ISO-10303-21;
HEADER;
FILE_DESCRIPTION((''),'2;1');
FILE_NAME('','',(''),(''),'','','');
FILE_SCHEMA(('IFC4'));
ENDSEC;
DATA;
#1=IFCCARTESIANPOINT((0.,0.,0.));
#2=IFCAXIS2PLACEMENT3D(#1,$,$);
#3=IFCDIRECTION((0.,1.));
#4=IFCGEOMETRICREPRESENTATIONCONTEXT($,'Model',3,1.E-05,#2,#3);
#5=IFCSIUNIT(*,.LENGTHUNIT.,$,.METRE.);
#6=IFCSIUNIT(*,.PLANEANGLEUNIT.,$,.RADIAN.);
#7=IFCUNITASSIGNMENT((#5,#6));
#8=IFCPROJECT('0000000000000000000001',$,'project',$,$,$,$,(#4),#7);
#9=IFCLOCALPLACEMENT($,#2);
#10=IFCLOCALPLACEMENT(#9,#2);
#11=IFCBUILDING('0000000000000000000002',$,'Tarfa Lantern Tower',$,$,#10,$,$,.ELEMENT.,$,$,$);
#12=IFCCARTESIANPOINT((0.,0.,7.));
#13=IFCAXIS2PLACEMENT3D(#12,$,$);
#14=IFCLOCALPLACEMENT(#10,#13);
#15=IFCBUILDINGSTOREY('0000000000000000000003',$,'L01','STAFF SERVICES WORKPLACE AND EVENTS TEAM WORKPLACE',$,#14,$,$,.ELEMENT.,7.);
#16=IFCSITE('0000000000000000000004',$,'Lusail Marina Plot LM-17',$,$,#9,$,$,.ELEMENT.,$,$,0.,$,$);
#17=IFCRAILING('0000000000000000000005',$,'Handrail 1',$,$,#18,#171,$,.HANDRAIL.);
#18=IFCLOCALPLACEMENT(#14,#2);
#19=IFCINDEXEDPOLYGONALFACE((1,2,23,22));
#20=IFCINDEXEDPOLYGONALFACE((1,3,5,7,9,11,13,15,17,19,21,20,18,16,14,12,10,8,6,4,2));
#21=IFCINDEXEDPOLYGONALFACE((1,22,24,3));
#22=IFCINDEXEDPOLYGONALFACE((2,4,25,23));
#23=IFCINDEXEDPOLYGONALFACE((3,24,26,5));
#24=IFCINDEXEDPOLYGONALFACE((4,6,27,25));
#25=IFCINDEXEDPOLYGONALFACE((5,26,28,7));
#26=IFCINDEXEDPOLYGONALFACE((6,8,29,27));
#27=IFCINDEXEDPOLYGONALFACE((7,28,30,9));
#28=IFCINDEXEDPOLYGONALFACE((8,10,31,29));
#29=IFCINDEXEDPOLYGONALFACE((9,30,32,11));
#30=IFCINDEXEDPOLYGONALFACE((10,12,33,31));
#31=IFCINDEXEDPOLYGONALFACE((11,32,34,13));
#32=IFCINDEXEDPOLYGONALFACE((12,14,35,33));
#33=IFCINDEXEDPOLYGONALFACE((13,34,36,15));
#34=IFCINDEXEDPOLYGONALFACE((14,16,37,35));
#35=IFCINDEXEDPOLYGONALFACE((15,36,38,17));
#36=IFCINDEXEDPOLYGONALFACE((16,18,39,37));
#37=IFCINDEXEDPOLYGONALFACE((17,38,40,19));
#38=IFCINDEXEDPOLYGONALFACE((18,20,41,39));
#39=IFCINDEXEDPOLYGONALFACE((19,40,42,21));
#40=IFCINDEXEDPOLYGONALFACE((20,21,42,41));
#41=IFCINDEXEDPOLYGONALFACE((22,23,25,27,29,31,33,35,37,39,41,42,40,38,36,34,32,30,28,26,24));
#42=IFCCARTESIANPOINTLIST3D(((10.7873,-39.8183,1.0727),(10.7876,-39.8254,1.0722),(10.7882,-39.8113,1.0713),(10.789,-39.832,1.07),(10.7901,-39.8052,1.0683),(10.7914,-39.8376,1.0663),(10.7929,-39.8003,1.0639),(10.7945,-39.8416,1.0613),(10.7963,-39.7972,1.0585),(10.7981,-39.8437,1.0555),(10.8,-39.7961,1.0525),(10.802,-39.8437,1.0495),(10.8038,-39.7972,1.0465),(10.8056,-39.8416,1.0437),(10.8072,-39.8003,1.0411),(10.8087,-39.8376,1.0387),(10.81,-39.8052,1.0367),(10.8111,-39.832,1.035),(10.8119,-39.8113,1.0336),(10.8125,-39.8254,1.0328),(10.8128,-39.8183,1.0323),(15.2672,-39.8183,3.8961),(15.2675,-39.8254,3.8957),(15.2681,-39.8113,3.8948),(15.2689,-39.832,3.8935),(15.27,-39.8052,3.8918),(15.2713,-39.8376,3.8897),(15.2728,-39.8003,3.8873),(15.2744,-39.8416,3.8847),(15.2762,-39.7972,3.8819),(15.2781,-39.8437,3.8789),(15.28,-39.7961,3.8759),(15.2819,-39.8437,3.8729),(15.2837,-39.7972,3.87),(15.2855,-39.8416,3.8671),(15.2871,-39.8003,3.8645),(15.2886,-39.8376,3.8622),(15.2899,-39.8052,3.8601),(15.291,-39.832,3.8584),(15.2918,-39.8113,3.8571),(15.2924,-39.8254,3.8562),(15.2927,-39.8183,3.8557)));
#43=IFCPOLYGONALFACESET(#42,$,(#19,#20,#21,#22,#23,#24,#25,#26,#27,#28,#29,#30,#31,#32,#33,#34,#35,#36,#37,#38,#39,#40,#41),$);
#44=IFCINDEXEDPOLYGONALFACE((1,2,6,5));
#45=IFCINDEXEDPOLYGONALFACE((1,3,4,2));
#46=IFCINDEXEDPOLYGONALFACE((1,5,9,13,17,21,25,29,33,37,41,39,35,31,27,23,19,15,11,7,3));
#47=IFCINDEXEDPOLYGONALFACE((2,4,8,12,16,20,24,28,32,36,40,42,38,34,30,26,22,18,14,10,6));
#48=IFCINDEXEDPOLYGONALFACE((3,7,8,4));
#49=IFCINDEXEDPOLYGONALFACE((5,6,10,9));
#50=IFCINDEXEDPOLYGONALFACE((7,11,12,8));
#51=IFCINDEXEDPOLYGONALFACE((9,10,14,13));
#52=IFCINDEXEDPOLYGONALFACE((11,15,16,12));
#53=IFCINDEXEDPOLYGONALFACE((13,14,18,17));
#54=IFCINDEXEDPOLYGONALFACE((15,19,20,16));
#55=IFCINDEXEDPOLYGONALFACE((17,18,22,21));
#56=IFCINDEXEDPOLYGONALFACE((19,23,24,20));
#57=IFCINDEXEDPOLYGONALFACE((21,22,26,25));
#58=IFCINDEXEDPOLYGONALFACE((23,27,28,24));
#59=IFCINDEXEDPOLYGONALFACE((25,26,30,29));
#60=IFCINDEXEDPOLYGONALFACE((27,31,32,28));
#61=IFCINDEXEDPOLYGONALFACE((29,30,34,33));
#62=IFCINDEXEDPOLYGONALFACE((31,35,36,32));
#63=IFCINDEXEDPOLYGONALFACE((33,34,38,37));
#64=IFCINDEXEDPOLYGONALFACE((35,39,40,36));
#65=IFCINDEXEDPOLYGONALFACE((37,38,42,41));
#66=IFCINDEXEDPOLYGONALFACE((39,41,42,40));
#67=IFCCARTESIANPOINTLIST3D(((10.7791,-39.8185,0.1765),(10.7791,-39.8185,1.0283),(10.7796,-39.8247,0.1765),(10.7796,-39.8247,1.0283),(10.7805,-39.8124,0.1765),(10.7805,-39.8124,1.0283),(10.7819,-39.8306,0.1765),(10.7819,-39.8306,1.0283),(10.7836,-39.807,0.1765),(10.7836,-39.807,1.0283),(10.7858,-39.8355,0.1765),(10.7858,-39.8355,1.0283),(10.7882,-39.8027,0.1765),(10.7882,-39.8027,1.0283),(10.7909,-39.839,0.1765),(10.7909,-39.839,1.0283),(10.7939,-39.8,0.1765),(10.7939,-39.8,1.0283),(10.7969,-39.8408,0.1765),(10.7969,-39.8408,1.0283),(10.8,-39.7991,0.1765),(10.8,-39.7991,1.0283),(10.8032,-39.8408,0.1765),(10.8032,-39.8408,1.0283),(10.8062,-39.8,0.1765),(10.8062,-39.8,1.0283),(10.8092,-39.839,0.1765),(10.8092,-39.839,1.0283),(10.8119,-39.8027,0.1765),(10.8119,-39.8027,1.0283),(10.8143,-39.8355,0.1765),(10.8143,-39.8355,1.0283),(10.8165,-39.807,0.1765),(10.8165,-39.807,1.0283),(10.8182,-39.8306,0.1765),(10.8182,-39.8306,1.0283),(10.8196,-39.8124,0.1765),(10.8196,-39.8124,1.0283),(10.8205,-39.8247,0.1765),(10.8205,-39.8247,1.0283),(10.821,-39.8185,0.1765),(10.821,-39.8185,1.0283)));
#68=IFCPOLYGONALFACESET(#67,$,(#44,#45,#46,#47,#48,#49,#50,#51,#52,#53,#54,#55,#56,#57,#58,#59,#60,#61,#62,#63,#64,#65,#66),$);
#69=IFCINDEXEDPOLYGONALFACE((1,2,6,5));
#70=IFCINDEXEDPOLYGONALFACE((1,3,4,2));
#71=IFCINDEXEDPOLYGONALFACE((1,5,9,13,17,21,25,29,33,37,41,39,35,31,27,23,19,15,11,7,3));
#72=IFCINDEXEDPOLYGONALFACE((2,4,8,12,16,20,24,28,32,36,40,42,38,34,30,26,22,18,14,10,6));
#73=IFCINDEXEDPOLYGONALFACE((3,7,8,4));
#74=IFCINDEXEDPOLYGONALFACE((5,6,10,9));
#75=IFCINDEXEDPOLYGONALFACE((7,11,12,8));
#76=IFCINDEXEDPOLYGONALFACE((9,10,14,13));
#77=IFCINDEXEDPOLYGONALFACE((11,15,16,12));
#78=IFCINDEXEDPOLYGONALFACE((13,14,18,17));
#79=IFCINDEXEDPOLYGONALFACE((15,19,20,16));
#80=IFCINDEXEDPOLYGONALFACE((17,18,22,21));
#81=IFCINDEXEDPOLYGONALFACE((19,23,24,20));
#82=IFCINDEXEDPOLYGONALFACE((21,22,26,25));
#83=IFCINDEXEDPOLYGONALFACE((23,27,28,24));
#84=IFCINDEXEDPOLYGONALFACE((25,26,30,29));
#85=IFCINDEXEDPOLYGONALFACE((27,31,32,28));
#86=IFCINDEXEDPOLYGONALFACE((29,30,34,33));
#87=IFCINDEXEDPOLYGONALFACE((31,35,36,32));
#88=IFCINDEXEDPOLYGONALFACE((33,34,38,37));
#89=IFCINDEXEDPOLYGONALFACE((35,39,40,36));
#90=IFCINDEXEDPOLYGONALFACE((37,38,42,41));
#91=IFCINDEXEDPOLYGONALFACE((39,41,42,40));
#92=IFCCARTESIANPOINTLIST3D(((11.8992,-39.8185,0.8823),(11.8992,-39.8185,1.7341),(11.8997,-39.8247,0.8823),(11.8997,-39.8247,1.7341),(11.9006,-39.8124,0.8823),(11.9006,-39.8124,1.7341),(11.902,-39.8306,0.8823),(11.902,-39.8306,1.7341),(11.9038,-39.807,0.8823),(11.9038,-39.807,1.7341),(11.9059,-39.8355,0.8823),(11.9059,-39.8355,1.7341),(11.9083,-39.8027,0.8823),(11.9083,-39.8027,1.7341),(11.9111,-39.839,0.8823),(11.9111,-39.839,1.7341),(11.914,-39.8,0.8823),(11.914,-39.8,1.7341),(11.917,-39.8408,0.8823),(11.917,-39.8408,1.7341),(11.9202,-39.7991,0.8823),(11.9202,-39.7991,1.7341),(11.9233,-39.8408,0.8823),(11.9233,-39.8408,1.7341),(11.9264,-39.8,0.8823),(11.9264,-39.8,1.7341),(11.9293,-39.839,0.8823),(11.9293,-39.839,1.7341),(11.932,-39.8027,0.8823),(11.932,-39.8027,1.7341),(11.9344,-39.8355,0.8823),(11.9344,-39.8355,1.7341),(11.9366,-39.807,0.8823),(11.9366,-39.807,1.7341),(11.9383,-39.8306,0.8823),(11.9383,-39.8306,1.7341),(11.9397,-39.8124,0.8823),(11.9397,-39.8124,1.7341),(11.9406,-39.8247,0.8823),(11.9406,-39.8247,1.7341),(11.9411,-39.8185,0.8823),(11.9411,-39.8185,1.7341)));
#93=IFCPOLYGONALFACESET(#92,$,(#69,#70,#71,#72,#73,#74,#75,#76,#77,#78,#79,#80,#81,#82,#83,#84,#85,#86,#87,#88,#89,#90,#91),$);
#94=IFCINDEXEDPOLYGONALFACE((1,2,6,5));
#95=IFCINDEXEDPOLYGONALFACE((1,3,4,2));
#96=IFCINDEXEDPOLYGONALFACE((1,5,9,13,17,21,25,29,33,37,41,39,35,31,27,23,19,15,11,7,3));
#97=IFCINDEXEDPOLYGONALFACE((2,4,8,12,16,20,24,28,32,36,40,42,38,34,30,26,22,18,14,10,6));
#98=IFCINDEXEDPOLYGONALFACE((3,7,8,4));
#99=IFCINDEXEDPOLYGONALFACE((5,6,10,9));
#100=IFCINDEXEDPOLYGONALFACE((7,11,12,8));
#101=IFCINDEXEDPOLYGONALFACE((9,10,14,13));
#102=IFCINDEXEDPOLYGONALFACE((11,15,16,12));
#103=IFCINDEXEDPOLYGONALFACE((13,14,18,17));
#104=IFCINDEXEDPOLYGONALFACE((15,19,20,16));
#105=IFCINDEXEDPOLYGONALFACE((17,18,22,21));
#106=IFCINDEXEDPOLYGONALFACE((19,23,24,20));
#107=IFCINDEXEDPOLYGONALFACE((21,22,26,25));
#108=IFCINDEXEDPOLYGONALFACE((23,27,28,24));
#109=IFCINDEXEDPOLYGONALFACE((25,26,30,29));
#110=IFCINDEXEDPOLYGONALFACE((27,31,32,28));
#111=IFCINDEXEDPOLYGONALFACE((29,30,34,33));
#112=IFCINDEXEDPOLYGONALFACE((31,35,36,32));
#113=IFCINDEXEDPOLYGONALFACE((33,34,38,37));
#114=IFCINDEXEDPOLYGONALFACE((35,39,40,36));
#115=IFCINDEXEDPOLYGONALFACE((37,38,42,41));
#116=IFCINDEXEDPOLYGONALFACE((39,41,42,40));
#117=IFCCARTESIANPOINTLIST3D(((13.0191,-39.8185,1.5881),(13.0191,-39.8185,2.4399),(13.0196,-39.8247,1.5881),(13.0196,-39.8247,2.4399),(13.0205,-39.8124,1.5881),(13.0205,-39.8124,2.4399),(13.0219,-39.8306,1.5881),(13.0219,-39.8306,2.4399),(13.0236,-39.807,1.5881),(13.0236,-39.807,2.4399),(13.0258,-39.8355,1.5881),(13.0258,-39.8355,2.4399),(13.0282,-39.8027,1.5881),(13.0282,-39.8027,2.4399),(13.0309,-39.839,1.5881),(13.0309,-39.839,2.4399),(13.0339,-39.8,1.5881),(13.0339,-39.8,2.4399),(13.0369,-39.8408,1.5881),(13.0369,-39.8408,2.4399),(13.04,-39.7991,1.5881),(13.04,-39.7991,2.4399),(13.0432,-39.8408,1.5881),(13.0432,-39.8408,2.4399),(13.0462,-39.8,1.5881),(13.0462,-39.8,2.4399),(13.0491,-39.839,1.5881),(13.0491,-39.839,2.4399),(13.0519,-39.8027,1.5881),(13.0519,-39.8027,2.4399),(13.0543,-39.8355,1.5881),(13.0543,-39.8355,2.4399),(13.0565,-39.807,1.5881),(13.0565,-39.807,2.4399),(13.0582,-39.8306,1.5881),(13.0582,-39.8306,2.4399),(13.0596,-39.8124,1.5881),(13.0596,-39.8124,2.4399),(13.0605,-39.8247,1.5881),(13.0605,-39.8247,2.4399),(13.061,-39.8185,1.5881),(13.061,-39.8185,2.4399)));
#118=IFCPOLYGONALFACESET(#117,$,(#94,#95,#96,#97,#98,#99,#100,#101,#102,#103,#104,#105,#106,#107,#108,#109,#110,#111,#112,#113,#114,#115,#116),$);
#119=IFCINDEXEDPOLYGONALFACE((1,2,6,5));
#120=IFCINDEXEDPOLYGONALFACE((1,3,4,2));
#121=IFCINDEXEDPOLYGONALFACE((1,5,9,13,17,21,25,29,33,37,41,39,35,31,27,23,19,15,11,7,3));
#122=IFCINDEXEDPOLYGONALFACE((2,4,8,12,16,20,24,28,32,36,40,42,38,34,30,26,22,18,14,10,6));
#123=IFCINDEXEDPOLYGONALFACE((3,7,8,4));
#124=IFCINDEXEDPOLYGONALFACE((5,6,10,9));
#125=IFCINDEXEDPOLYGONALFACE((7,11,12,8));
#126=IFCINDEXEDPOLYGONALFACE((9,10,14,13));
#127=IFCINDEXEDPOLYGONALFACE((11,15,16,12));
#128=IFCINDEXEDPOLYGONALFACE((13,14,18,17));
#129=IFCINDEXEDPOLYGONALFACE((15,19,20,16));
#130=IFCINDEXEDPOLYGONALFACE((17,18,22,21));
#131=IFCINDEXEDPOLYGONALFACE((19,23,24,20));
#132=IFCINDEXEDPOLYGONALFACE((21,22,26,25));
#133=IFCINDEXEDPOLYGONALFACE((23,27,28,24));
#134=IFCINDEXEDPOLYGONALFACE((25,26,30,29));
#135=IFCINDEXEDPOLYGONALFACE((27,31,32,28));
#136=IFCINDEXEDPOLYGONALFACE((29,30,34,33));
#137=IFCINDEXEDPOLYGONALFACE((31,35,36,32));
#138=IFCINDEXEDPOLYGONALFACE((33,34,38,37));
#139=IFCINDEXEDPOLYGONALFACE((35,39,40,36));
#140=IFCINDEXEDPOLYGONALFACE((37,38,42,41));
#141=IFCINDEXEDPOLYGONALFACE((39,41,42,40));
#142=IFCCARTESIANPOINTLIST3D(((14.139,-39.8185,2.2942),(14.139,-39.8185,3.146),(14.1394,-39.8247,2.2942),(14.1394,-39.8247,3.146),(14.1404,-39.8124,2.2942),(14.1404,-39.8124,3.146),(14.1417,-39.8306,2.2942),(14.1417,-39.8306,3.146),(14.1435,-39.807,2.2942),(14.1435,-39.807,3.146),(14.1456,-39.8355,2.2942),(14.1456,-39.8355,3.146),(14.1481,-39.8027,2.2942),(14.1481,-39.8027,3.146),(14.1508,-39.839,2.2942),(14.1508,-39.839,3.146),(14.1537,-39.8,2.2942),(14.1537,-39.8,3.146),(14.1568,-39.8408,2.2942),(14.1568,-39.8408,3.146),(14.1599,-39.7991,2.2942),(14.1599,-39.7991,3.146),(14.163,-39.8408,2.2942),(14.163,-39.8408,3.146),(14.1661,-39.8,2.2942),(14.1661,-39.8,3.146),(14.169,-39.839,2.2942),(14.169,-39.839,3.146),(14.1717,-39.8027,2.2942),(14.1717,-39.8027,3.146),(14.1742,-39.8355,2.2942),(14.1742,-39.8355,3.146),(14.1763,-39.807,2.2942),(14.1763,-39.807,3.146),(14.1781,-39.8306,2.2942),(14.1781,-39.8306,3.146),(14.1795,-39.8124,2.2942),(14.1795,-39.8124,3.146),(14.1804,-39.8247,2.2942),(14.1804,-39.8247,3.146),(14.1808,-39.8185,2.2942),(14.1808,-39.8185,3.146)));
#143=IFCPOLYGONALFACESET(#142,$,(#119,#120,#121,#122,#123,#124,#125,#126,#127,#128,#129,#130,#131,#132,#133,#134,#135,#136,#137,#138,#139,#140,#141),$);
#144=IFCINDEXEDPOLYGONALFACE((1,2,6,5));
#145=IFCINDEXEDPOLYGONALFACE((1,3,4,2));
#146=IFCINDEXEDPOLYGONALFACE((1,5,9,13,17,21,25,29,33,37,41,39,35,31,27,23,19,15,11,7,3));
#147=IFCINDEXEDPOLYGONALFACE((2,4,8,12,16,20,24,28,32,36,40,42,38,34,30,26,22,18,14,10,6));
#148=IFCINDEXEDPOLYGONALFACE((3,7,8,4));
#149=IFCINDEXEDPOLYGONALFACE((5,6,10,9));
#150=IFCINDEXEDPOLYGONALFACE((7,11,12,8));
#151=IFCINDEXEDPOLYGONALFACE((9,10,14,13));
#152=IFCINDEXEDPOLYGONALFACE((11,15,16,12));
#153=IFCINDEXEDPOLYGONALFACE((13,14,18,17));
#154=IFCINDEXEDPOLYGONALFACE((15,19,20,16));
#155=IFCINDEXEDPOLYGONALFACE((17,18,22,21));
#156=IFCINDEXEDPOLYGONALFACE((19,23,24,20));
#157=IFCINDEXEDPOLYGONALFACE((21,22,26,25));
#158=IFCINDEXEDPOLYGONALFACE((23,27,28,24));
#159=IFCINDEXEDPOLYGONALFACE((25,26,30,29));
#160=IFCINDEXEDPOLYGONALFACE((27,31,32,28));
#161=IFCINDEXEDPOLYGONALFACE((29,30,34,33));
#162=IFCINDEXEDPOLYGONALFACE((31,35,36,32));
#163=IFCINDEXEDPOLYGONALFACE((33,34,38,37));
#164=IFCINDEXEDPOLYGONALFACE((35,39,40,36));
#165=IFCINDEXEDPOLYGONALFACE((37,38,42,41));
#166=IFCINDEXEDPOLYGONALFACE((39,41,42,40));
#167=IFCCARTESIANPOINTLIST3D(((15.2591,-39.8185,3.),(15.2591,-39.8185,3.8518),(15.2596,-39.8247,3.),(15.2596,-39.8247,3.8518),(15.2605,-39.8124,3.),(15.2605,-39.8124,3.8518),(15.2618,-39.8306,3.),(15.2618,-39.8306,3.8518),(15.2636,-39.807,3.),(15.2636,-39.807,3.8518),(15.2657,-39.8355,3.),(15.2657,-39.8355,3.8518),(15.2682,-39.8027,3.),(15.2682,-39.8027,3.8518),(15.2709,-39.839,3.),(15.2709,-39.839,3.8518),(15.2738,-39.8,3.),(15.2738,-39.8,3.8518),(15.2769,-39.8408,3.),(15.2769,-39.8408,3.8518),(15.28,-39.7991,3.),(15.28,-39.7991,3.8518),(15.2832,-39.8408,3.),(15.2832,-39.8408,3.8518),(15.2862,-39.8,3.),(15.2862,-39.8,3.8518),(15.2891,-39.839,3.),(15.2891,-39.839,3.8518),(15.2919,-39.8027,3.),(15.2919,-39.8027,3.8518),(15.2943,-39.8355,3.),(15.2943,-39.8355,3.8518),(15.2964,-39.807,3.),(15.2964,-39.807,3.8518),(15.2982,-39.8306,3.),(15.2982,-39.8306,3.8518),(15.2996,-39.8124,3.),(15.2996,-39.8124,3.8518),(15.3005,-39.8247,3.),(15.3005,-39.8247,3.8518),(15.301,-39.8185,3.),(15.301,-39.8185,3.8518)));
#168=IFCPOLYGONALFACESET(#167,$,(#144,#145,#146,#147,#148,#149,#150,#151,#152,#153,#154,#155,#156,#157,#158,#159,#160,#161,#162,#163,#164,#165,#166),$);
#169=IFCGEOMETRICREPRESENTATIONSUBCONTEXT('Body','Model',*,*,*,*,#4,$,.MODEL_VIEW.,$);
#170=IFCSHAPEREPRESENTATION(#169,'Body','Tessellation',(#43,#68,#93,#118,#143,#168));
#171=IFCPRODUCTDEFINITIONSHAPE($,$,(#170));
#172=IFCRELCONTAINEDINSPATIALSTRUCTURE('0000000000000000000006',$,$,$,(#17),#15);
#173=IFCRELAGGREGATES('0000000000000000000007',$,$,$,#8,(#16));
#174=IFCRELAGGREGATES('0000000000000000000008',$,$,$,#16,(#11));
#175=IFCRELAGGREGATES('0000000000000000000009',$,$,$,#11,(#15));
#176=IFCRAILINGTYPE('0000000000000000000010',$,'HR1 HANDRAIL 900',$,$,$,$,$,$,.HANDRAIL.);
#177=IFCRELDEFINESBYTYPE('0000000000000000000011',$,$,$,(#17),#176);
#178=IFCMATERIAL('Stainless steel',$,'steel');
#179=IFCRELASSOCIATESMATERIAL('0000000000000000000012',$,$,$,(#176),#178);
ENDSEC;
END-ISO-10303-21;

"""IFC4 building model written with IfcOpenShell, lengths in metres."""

from ifc_helpers import new_model, si_unit, direction, frame, origin, origin_2d, place, context, subcontext, project, spatial, circle, extrude, material, type_object, element, save


model = new_model("IFC4")

# Units and contexts
model_context = context("Model", 3, precision=1e-05, world=origin(), true_north=direction((0.0, 1.0)))
body_context = subcontext(model_context, "Body", "Model", "MODEL_VIEW")
ifc_project = project(units=[si_unit("LENGTHUNIT", "METRE"), si_unit("PLANEANGLEUNIT", "RADIAN")], contexts=[model_context])

# Site, building, storey
site_placement = place(None, origin())
site = spatial("IfcSite", under=ifc_project, at=site_placement, Name="Lusail Marina Plot LM-17", CompositionType="ELEMENT", RefElevation=0.0)
building_placement = place(site_placement, origin())
building = spatial("IfcBuilding", under=site, at=building_placement, Name="Tarfa Lantern Tower", CompositionType="ELEMENT")
storey_placement = place(building_placement, frame((0.0, 0.0, 7.0)))
storey = spatial("IfcBuildingStorey", under=building, at=storey_placement, Name="L01", Description="STAFF SERVICES WORKPLACE AND EVENTS TEAM WORKPLACE", CompositionType="ELEMENT", Elevation=7.0)

# Railing
ifc_material_1 = material(Name="Stainless steel", Category="steel")
railing_type = type_object("IfcRailingType", Name="HR1 HANDRAIL 900", PredefinedType="HANDRAIL", material=ifc_material_1)
railing_1_placement = place(storey_placement, frame((10.8, -39.8201, 0.1765)))
element("IfcRailing", 1, at=railing_1_placement, inside=storey, type_object=railing_type, Name="Handrail 1", PredefinedType="HANDRAIL", context=body_context, shape_type="SweptSolid", body=[
    extrude(circle(Radius=0.0239, at=origin_2d()), frame((0.0, 0.0, 0.876), z_axis=(0.845998, 0.0, 0.533186), x_axis=(0.0, 1.0, 0.0)), (0.0, 0.0, 1.0), 5.2954),
    extrude(circle(Radius=0.021, at=origin_2d()), frame((0.0, 0.0, 0.0), z_axis=(0.0, 0.0, 1.0), x_axis=(0.0, 1.0, 0.0)), (0.0, 0.0, 1.0), 0.8518),
    extrude(circle(Radius=0.021, at=origin_2d()), frame((1.1201, 0.0, 0.7058), z_axis=(0.0, 0.0, 1.0), x_axis=(0.0, 1.0, 0.0)), (0.0, 0.0, 1.0), 0.8518),
    extrude(circle(Radius=0.021, at=origin_2d()), frame((2.24, 0.0, 1.4116), z_axis=(0.0, 0.0, 1.0), x_axis=(0.0, 1.0, 0.0)), (0.0, 0.0, 1.0), 0.8518),
    extrude(circle(Radius=0.021, at=origin_2d()), frame((3.3599, 0.0, 2.1177), z_axis=(0.0, 0.0, 1.0), x_axis=(0.0, 1.0, 0.0)), (0.0, 0.0, 1.0), 0.8518),
    extrude(circle(Radius=0.021, at=origin_2d()), frame((4.48, 0.0, 2.8235), z_axis=(0.0, 0.0, 1.0), x_axis=(0.0, 1.0, 0.0)), (0.0, 0.0, 1.0), 0.8518),
])

save(model, "model.ifc")
